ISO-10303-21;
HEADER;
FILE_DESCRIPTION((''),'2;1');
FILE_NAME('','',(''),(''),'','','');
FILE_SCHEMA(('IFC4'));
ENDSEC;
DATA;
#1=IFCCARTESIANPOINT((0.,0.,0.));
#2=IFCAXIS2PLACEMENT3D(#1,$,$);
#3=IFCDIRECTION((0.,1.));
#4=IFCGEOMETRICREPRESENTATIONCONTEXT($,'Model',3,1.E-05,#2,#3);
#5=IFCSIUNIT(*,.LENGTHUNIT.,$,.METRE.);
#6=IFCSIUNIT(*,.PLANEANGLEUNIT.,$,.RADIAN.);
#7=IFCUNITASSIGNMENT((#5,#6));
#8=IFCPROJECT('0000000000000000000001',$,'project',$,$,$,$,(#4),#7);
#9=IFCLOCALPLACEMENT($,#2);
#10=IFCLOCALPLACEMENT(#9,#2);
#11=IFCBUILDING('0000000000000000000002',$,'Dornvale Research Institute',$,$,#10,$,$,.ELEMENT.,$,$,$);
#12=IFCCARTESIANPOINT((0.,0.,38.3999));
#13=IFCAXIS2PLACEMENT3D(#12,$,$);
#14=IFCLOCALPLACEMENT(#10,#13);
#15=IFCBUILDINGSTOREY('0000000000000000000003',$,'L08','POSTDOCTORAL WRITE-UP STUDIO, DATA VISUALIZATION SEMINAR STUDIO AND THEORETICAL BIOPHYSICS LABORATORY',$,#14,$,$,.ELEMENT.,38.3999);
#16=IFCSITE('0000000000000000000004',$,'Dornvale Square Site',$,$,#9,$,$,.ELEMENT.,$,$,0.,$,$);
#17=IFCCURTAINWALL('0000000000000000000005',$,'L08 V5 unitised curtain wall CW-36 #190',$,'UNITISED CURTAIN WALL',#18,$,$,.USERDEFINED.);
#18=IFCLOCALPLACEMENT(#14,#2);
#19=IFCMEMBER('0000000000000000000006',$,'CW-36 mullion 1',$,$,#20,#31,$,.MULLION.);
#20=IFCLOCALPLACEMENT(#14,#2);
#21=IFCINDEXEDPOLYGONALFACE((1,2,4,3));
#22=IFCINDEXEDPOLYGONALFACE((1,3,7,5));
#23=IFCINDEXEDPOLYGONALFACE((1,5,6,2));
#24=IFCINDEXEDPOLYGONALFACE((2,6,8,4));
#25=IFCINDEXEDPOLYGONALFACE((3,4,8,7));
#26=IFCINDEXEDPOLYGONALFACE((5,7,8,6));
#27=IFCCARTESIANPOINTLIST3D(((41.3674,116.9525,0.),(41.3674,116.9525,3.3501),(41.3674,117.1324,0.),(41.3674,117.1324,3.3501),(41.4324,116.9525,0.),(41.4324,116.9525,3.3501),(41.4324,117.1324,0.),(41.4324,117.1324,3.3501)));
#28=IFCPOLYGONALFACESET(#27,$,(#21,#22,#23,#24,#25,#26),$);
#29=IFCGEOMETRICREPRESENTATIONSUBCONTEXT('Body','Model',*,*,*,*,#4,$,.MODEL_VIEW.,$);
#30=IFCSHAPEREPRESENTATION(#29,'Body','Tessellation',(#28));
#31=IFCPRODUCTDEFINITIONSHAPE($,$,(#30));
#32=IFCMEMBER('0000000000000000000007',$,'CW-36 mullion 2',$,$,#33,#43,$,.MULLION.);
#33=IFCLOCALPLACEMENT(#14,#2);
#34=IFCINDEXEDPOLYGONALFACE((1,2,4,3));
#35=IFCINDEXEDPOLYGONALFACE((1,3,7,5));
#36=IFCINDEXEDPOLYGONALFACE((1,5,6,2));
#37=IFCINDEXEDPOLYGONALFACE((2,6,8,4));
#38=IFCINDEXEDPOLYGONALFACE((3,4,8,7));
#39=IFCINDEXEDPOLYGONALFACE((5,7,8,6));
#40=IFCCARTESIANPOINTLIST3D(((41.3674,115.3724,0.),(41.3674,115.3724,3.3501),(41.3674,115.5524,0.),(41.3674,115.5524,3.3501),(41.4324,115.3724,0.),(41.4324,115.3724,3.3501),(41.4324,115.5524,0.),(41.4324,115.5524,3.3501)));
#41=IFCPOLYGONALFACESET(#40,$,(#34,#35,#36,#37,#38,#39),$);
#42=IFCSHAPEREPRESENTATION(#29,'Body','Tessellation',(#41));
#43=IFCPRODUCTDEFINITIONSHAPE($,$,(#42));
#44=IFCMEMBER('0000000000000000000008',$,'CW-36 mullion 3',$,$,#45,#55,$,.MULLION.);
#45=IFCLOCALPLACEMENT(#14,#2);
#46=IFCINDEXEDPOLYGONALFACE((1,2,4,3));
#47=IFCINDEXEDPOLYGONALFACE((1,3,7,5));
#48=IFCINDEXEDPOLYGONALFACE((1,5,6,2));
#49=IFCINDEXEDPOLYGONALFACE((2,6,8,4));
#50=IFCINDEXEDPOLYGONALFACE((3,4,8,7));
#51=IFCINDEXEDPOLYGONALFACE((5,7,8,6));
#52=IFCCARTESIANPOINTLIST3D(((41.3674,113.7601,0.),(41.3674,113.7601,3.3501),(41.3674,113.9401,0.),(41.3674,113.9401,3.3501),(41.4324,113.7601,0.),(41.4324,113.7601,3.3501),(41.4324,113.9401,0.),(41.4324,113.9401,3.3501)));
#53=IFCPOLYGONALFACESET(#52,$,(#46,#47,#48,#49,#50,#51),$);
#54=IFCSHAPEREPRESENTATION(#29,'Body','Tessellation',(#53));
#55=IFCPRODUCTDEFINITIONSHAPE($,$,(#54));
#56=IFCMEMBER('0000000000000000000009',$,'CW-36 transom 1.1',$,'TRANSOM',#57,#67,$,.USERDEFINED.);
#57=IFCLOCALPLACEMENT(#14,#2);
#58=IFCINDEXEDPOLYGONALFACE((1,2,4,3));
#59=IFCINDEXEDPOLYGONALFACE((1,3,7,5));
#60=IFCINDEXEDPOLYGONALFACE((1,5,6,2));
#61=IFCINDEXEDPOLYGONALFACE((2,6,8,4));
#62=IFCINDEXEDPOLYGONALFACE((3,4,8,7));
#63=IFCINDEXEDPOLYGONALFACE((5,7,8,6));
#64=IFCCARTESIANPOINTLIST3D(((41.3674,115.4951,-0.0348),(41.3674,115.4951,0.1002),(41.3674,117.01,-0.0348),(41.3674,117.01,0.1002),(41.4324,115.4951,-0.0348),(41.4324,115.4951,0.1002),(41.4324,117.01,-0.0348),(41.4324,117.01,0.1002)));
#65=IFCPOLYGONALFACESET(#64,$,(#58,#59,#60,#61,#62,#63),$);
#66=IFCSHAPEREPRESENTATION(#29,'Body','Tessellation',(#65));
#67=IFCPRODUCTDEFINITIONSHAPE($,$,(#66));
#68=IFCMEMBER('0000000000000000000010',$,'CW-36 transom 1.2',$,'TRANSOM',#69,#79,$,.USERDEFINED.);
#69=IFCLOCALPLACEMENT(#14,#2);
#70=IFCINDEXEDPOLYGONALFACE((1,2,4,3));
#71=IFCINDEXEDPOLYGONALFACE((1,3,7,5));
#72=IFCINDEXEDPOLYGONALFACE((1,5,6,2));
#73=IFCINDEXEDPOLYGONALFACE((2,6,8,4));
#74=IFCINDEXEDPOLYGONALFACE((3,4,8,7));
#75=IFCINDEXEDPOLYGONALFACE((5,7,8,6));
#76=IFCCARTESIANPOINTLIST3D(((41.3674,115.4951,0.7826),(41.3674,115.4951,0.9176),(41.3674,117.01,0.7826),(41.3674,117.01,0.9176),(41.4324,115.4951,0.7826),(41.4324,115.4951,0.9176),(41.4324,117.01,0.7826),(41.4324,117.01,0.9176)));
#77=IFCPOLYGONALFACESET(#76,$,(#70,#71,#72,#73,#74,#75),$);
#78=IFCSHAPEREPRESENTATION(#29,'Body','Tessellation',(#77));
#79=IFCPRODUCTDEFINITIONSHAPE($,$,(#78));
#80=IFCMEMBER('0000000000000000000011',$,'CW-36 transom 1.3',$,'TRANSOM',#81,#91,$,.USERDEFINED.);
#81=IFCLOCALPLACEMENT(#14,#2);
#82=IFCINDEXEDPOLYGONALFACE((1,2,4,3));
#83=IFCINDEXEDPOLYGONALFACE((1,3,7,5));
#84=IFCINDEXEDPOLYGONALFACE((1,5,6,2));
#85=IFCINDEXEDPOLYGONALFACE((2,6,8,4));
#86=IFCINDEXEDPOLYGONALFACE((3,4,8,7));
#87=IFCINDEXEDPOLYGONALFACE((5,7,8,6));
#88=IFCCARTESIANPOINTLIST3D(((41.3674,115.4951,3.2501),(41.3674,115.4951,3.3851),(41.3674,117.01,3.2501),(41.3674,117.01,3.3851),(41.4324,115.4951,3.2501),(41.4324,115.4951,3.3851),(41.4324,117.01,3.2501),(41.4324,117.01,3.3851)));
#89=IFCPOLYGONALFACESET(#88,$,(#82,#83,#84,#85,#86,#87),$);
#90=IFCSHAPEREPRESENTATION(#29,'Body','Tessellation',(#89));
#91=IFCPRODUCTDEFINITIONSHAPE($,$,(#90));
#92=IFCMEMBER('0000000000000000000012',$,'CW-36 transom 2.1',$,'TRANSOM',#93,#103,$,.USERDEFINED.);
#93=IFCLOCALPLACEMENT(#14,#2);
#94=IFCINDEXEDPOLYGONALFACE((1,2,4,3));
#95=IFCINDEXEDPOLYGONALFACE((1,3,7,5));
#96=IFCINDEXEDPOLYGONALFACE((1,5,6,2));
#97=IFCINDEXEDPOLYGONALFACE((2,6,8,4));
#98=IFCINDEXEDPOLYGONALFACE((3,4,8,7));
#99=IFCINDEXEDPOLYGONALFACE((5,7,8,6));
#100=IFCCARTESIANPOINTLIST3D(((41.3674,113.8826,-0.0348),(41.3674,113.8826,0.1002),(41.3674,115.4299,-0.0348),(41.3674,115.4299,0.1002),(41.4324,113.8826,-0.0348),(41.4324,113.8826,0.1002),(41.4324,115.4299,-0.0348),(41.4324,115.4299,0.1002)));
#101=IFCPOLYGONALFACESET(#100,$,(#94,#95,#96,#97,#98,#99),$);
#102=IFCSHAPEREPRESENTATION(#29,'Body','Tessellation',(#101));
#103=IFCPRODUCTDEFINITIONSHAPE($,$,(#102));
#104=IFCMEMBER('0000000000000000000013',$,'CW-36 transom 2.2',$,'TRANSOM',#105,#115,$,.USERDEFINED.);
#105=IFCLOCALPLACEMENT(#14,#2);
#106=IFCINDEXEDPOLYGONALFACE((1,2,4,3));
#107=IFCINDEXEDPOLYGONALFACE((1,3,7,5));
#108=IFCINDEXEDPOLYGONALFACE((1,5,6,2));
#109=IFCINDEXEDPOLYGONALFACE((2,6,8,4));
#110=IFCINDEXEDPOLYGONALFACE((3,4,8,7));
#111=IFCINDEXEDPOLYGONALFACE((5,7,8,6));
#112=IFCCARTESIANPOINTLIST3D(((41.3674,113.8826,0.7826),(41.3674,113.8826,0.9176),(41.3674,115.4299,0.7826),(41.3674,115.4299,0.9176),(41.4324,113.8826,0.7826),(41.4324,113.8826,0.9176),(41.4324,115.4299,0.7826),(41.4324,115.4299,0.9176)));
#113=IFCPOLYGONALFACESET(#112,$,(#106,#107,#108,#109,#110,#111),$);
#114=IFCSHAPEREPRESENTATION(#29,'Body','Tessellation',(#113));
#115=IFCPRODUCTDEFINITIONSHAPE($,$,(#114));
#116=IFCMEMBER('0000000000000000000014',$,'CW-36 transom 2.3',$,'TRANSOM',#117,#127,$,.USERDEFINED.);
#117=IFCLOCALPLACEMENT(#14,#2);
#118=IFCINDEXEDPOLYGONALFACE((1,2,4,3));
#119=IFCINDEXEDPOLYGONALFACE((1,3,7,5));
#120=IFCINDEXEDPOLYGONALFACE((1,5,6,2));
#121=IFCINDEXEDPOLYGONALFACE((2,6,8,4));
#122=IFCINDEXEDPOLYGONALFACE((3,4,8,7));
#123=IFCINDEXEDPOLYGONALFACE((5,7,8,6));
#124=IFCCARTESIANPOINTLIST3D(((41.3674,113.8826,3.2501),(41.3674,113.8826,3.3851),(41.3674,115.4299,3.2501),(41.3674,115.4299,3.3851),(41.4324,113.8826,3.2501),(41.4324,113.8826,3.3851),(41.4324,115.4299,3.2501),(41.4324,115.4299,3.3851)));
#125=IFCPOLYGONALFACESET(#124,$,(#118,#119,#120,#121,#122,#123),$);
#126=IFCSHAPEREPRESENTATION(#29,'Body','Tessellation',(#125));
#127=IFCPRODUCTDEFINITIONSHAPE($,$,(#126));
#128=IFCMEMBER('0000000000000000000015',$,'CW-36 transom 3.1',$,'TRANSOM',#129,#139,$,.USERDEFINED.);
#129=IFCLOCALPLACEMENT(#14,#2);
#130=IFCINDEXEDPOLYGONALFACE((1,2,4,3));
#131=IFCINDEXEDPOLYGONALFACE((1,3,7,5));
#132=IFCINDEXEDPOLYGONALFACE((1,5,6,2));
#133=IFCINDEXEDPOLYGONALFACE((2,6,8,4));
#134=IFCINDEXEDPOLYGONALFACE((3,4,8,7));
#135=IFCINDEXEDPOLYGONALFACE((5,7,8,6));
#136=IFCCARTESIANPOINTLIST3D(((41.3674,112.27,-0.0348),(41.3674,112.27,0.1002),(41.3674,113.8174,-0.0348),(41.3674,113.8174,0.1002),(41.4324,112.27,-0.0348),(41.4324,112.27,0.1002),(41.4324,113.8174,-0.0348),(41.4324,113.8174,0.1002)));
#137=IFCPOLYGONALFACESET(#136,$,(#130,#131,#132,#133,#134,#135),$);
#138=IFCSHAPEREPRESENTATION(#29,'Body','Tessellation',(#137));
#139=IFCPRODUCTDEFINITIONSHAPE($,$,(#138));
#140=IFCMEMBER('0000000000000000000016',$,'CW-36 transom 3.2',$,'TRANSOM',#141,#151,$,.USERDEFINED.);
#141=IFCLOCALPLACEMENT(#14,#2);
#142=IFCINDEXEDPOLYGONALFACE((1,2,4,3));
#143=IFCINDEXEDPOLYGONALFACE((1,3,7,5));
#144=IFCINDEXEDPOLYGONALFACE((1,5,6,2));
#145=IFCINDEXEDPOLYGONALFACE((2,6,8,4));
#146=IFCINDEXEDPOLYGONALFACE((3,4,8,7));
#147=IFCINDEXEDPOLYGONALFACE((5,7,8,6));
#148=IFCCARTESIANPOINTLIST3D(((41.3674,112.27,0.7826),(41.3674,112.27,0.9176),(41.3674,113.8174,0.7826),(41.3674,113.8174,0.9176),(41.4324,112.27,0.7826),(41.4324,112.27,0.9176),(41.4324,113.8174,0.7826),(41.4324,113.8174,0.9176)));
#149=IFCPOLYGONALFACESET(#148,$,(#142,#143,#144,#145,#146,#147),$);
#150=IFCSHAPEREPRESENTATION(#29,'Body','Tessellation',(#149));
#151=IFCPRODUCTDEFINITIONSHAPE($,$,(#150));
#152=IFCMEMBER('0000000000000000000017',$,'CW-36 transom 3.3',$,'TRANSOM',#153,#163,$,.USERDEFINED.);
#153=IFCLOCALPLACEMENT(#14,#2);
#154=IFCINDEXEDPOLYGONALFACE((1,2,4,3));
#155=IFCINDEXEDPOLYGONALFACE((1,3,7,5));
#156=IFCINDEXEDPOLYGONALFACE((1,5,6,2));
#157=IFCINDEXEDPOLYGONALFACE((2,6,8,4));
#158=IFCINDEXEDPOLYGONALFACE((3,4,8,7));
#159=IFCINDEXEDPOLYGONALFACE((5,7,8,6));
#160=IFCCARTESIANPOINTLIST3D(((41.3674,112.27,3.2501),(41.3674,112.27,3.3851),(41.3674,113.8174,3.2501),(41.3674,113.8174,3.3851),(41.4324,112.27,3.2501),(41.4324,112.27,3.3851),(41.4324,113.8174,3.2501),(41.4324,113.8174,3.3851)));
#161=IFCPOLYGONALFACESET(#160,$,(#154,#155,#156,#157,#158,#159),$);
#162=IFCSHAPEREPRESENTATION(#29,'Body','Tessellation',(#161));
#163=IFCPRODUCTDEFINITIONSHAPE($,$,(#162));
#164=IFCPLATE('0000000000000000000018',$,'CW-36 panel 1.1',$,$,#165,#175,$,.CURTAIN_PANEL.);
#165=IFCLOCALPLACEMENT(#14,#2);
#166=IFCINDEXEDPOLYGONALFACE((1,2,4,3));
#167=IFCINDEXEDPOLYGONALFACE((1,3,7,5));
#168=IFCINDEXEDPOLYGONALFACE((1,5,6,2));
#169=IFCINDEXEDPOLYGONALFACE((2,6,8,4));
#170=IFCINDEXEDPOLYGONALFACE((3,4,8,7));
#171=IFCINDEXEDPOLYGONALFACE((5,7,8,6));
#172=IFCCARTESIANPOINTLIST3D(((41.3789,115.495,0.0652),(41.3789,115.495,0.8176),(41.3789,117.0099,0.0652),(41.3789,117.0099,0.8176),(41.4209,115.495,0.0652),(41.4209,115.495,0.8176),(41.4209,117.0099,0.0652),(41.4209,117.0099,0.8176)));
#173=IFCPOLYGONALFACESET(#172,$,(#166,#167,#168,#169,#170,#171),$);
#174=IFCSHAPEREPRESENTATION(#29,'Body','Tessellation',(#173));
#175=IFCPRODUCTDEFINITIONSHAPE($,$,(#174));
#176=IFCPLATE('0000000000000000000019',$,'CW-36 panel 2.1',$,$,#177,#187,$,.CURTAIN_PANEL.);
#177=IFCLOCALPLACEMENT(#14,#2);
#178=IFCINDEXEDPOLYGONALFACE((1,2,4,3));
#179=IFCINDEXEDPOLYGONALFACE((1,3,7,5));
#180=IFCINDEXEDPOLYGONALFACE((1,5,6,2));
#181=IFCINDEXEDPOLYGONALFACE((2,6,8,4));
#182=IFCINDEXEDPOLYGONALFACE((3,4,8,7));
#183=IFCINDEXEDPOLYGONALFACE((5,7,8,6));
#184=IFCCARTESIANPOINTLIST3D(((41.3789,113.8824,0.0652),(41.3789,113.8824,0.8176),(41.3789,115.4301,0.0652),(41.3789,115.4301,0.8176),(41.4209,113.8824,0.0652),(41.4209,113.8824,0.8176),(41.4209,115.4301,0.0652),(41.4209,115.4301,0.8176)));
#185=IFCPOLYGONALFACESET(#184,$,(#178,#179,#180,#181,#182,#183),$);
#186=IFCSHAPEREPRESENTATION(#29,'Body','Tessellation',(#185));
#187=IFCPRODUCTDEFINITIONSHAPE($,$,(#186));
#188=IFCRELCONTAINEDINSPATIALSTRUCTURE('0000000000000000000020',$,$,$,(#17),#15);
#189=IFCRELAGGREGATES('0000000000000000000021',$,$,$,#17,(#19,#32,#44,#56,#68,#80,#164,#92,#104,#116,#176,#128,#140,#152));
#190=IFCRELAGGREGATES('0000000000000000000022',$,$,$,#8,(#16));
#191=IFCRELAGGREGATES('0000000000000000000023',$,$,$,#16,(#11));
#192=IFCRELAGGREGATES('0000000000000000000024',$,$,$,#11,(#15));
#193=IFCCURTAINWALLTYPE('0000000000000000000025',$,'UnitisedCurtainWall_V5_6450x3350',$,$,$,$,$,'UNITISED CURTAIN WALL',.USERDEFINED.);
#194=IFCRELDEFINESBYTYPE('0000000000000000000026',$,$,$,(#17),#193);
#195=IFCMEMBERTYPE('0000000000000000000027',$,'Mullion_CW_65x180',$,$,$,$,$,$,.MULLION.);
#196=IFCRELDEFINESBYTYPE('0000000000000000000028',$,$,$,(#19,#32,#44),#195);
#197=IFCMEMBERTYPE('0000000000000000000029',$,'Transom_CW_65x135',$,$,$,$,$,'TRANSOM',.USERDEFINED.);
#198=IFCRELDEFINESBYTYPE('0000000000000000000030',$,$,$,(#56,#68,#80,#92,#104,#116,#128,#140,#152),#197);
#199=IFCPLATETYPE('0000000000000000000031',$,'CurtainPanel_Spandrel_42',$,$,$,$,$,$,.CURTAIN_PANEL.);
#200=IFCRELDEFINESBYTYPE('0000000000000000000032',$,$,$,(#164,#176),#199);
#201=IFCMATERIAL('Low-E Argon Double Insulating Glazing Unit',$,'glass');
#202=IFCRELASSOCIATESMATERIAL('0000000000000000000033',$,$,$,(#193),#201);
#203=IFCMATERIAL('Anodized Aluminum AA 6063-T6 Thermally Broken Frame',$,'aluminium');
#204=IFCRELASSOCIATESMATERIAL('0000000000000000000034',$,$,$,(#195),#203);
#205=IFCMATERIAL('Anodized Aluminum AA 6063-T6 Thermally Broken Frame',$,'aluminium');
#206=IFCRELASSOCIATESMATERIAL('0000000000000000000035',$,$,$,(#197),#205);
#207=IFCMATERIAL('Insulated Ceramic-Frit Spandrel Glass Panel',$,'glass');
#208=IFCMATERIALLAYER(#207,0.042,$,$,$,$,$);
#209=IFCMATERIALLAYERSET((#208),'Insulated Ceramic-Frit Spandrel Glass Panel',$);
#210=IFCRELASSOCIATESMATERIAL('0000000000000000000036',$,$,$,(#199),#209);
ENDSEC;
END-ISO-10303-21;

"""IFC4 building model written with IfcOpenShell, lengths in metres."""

from ifc_helpers import new_model, si_unit, direction, frame, origin, origin_2d, place, context, subcontext, project, spatial, rectangle, extrude, material, layer, layer_set, material_profile, profile_set, type_object, element, aggregate, save


model = new_model("IFC4")

# Units and contexts
model_context = context("Model", 3, precision=1e-05, world=origin(), true_north=direction((0.0, 1.0)))
body_context = subcontext(model_context, "Body", "Model", "MODEL_VIEW")
ifc_project = project(units=[si_unit("LENGTHUNIT", "METRE"), si_unit("PLANEANGLEUNIT", "RADIAN")], contexts=[model_context])

# Site, building, storey
site_placement = place(None, origin())
site = spatial("IfcSite", under=ifc_project, at=site_placement, Name="Dornvale Square Site", CompositionType="ELEMENT", RefElevation=0.0)
building_placement = place(site_placement, origin())
building = spatial("IfcBuilding", under=site, at=building_placement, Name="Dornvale Research Institute", CompositionType="ELEMENT")
storey_placement = place(building_placement, frame((0.0, 0.0, 38.3999)))
storey = spatial("IfcBuildingStorey", under=building, at=storey_placement, Name="L08", Description="POSTDOCTORAL WRITE-UP STUDIO, DATA VISUALIZATION SEMINAR STUDIO AND THEORETICAL BIOPHYSICS LABORATORY", CompositionType="ELEMENT", Elevation=38.3999)

# Curtain wall, members, plates
ifc_material_1 = material(Name="Low-E Argon Double Insulating Glazing Unit", Category="glass")
curtain_wall_type = type_object("IfcCurtainWallType", Name="UnitisedCurtainWall_V5_6450x3350", ElementType="UNITISED CURTAIN WALL", PredefinedType="USERDEFINED", material=ifc_material_1)
curtain_wall_placement = place(storey_placement, origin())
curtain_wall = element("IfcCurtainWall", 1, at=curtain_wall_placement, inside=storey, type_object=curtain_wall_type, Name="L08 V5 unitised curtain wall CW-36 #190", ObjectType="UNITISED CURTAIN WALL", PredefinedType="USERDEFINED")
ifc_material_2 = material(Name="Anodized Aluminum AA 6063-T6 Thermally Broken Frame", Category="aluminium")
ifc_material_profile_1 = material_profile(ifc_material_2, rectangle(XDim=0.0649, YDim=0.1799, at=origin_2d()), Name="ALU MULLION 65x180")
ifc_profile_set_1 = profile_set([ifc_material_profile_1], Name="Anodized Aluminum AA 6063-T6 Thermally Broken Frame")
member_type_1 = type_object("IfcMemberType", Name="Mullion_CW_65x180", PredefinedType="MULLION", material=ifc_profile_set_1)
member_1_placement = place(storey_placement, frame((41.3999, 117.0425, 0.0), z_axis=(0.0, 0.0, 1.0), x_axis=(1.0, 0.0, 0.0)))
member_1 = element("IfcMember", 2, at=member_1_placement, type_object=member_type_1, Name="CW-36 mullion 1", PredefinedType="MULLION", context=body_context, shape_type="SweptSolid", body=[
    extrude(rectangle(XDim=0.0649, YDim=0.1799, at=origin_2d()), origin(), (0.0, 0.0, 1.0), 3.3501),
])
member_2_placement = place(storey_placement, frame((41.3999, 115.4624, 0.0), z_axis=(0.0, 0.0, 1.0), x_axis=(1.0, 0.0, 0.0)))
member_2 = element("IfcMember", 3, at=member_2_placement, type_object=member_type_1, Name="CW-36 mullion 2", PredefinedType="MULLION", context=body_context, shape_type="SweptSolid", body=[
    extrude(rectangle(XDim=0.0649, YDim=0.1799, at=origin_2d()), origin(), (0.0, 0.0, 1.0), 3.3501),
])
member_3_placement = place(storey_placement, frame((41.3999, 113.8501, 0.0), z_axis=(0.0, 0.0, 1.0), x_axis=(1.0, 0.0, 0.0)))
member_3 = element("IfcMember", 4, at=member_3_placement, type_object=member_type_1, Name="CW-36 mullion 3", PredefinedType="MULLION", context=body_context, shape_type="SweptSolid", body=[
    extrude(rectangle(XDim=0.0649, YDim=0.1799, at=origin_2d()), origin(), (0.0, 0.0, 1.0), 3.3501),
])
ifc_material_3 = material(Name="Anodized Aluminum AA 6063-T6 Thermally Broken Frame", Category="aluminium")
ifc_material_profile_2 = material_profile(ifc_material_3, rectangle(XDim=0.0649, YDim=0.135, at=origin_2d()), Name="ALU TRANSOM 65x135")
ifc_profile_set_2 = profile_set([ifc_material_profile_2], Name="Anodized Aluminum AA 6063-T6 Thermally Broken Frame")
member_type_2 = type_object("IfcMemberType", Name="Transom_CW_65x135", ElementType="TRANSOM", PredefinedType="USERDEFINED", material=ifc_profile_set_2)
member_4_placement = place(storey_placement, frame((41.3999, 117.01, 0.0327), z_axis=(0.0, -1.0, 0.0), x_axis=(1.0, 0.0, 0.0)))
member_4 = element("IfcMember", 5, at=member_4_placement, type_object=member_type_2, Name="CW-36 transom 1.1", ObjectType="TRANSOM", PredefinedType="USERDEFINED", context=body_context, shape_type="SweptSolid", body=[
    extrude(rectangle(XDim=0.0649, YDim=0.135, at=origin_2d()), origin(), (0.0, 0.0, 1.0), 1.5149),
])
member_5_placement = place(storey_placement, frame((41.3999, 117.01, 0.8501), z_axis=(0.0, -1.0, 0.0), x_axis=(1.0, 0.0, 0.0)))
member_5 = element("IfcMember", 6, at=member_5_placement, type_object=member_type_2, Name="CW-36 transom 1.2", ObjectType="TRANSOM", PredefinedType="USERDEFINED", context=body_context, shape_type="SweptSolid", body=[
    extrude(rectangle(XDim=0.0649, YDim=0.135, at=origin_2d()), origin(), (0.0, 0.0, 1.0), 1.5149),
])
member_6_placement = place(storey_placement, frame((41.3999, 117.01, 3.3176), z_axis=(0.0, -1.0, 0.0), x_axis=(1.0, 0.0, 0.0)))
member_6 = element("IfcMember", 7, at=member_6_placement, type_object=member_type_2, Name="CW-36 transom 1.3", ObjectType="TRANSOM", PredefinedType="USERDEFINED", context=body_context, shape_type="SweptSolid", body=[
    extrude(rectangle(XDim=0.0649, YDim=0.135, at=origin_2d()), origin(), (0.0, 0.0, 1.0), 1.5149),
])
member_7_placement = place(storey_placement, frame((41.3999, 115.4299, 0.0327), z_axis=(0.0, -1.0, 0.0), x_axis=(1.0, 0.0, 0.0)))
member_7 = element("IfcMember", 8, at=member_7_placement, type_object=member_type_2, Name="CW-36 transom 2.1", ObjectType="TRANSOM", PredefinedType="USERDEFINED", context=body_context, shape_type="SweptSolid", body=[
    extrude(rectangle(XDim=0.0649, YDim=0.135, at=origin_2d()), origin(), (0.0, 0.0, 1.0), 1.5474),
])
member_8_placement = place(storey_placement, frame((41.3999, 115.4299, 0.8501), z_axis=(0.0, -1.0, 0.0), x_axis=(1.0, 0.0, 0.0)))
member_8 = element("IfcMember", 9, at=member_8_placement, type_object=member_type_2, Name="CW-36 transom 2.2", ObjectType="TRANSOM", PredefinedType="USERDEFINED", context=body_context, shape_type="SweptSolid", body=[
    extrude(rectangle(XDim=0.0649, YDim=0.135, at=origin_2d()), origin(), (0.0, 0.0, 1.0), 1.5474),
])
member_9_placement = place(storey_placement, frame((41.3999, 115.4299, 3.3176), z_axis=(0.0, -1.0, 0.0), x_axis=(1.0, 0.0, 0.0)))
member_9 = element("IfcMember", 10, at=member_9_placement, type_object=member_type_2, Name="CW-36 transom 2.3", ObjectType="TRANSOM", PredefinedType="USERDEFINED", context=body_context, shape_type="SweptSolid", body=[
    extrude(rectangle(XDim=0.0649, YDim=0.135, at=origin_2d()), origin(), (0.0, 0.0, 1.0), 1.5474),
])
member_10_placement = place(storey_placement, frame((41.3999, 113.8174, 0.0327), z_axis=(0.0, -1.0, 0.0), x_axis=(1.0, 0.0, 0.0)))
member_10 = element("IfcMember", 11, at=member_10_placement, type_object=member_type_2, Name="CW-36 transom 3.1", ObjectType="TRANSOM", PredefinedType="USERDEFINED", context=body_context, shape_type="SweptSolid", body=[
    extrude(rectangle(XDim=0.0649, YDim=0.135, at=origin_2d()), origin(), (0.0, 0.0, 1.0), 1.5474),
])
member_11_placement = place(storey_placement, frame((41.3999, 113.8174, 0.8501), z_axis=(0.0, -1.0, 0.0), x_axis=(1.0, 0.0, 0.0)))
member_11 = element("IfcMember", 12, at=member_11_placement, type_object=member_type_2, Name="CW-36 transom 3.2", ObjectType="TRANSOM", PredefinedType="USERDEFINED", context=body_context, shape_type="SweptSolid", body=[
    extrude(rectangle(XDim=0.0649, YDim=0.135, at=origin_2d()), origin(), (0.0, 0.0, 1.0), 1.5474),
])
member_12_placement = place(storey_placement, frame((41.3999, 113.8174, 3.3176), z_axis=(0.0, -1.0, 0.0), x_axis=(1.0, 0.0, 0.0)))
member_12 = element("IfcMember", 13, at=member_12_placement, type_object=member_type_2, Name="CW-36 transom 3.3", ObjectType="TRANSOM", PredefinedType="USERDEFINED", context=body_context, shape_type="SweptSolid", body=[
    extrude(rectangle(XDim=0.0649, YDim=0.135, at=origin_2d()), origin(), (0.0, 0.0, 1.0), 1.5474),
])
ifc_material_4 = material(Name="Insulated Ceramic-Frit Spandrel Glass Panel", Category="glass")
ifc_layer_1 = layer(ifc_material_4, 0.042)
ifc_layer_set_1 = layer_set([ifc_layer_1], Name="Insulated Ceramic-Frit Spandrel Glass Panel")
plate_type_1 = type_object("IfcPlateType", Name="CurtainPanel_Spandrel_42", PredefinedType="CURTAIN_PANEL", material=ifc_layer_set_1)
plate_1_placement = place(storey_placement, frame((41.3999, 116.2524, 0.0652), z_axis=(0.0, 0.0, 1.0), x_axis=(0.0, -1.0, 0.0)))
plate_1 = element("IfcPlate", 14, at=plate_1_placement, type_object=plate_type_1, Name="CW-36 panel 1.1", PredefinedType="CURTAIN_PANEL", context=body_context, shape_type="SweptSolid", body=[
    extrude(rectangle(XDim=1.5149, YDim=0.042, at=origin_2d()), origin(), (0.0, 0.0, 1.0), 0.7524),
])
plate_2_placement = place(storey_placement, frame((41.3999, 114.6562, 0.0652), z_axis=(0.0, 0.0, 1.0), x_axis=(0.0, -1.0, 0.0)))
plate_2 = element("IfcPlate", 15, at=plate_2_placement, type_object=plate_type_1, Name="CW-36 panel 2.1", PredefinedType="CURTAIN_PANEL", context=body_context, shape_type="SweptSolid", body=[
    extrude(rectangle(XDim=1.5476, YDim=0.042, at=origin_2d()), origin(), (0.0, 0.0, 1.0), 0.7524),
])
aggregate(curtain_wall, [member_1, member_2, member_3, member_4, member_5, member_6, plate_1, member_7, member_8, member_9, plate_2, member_10, member_11, member_12])

save(model, "model.ifc")
